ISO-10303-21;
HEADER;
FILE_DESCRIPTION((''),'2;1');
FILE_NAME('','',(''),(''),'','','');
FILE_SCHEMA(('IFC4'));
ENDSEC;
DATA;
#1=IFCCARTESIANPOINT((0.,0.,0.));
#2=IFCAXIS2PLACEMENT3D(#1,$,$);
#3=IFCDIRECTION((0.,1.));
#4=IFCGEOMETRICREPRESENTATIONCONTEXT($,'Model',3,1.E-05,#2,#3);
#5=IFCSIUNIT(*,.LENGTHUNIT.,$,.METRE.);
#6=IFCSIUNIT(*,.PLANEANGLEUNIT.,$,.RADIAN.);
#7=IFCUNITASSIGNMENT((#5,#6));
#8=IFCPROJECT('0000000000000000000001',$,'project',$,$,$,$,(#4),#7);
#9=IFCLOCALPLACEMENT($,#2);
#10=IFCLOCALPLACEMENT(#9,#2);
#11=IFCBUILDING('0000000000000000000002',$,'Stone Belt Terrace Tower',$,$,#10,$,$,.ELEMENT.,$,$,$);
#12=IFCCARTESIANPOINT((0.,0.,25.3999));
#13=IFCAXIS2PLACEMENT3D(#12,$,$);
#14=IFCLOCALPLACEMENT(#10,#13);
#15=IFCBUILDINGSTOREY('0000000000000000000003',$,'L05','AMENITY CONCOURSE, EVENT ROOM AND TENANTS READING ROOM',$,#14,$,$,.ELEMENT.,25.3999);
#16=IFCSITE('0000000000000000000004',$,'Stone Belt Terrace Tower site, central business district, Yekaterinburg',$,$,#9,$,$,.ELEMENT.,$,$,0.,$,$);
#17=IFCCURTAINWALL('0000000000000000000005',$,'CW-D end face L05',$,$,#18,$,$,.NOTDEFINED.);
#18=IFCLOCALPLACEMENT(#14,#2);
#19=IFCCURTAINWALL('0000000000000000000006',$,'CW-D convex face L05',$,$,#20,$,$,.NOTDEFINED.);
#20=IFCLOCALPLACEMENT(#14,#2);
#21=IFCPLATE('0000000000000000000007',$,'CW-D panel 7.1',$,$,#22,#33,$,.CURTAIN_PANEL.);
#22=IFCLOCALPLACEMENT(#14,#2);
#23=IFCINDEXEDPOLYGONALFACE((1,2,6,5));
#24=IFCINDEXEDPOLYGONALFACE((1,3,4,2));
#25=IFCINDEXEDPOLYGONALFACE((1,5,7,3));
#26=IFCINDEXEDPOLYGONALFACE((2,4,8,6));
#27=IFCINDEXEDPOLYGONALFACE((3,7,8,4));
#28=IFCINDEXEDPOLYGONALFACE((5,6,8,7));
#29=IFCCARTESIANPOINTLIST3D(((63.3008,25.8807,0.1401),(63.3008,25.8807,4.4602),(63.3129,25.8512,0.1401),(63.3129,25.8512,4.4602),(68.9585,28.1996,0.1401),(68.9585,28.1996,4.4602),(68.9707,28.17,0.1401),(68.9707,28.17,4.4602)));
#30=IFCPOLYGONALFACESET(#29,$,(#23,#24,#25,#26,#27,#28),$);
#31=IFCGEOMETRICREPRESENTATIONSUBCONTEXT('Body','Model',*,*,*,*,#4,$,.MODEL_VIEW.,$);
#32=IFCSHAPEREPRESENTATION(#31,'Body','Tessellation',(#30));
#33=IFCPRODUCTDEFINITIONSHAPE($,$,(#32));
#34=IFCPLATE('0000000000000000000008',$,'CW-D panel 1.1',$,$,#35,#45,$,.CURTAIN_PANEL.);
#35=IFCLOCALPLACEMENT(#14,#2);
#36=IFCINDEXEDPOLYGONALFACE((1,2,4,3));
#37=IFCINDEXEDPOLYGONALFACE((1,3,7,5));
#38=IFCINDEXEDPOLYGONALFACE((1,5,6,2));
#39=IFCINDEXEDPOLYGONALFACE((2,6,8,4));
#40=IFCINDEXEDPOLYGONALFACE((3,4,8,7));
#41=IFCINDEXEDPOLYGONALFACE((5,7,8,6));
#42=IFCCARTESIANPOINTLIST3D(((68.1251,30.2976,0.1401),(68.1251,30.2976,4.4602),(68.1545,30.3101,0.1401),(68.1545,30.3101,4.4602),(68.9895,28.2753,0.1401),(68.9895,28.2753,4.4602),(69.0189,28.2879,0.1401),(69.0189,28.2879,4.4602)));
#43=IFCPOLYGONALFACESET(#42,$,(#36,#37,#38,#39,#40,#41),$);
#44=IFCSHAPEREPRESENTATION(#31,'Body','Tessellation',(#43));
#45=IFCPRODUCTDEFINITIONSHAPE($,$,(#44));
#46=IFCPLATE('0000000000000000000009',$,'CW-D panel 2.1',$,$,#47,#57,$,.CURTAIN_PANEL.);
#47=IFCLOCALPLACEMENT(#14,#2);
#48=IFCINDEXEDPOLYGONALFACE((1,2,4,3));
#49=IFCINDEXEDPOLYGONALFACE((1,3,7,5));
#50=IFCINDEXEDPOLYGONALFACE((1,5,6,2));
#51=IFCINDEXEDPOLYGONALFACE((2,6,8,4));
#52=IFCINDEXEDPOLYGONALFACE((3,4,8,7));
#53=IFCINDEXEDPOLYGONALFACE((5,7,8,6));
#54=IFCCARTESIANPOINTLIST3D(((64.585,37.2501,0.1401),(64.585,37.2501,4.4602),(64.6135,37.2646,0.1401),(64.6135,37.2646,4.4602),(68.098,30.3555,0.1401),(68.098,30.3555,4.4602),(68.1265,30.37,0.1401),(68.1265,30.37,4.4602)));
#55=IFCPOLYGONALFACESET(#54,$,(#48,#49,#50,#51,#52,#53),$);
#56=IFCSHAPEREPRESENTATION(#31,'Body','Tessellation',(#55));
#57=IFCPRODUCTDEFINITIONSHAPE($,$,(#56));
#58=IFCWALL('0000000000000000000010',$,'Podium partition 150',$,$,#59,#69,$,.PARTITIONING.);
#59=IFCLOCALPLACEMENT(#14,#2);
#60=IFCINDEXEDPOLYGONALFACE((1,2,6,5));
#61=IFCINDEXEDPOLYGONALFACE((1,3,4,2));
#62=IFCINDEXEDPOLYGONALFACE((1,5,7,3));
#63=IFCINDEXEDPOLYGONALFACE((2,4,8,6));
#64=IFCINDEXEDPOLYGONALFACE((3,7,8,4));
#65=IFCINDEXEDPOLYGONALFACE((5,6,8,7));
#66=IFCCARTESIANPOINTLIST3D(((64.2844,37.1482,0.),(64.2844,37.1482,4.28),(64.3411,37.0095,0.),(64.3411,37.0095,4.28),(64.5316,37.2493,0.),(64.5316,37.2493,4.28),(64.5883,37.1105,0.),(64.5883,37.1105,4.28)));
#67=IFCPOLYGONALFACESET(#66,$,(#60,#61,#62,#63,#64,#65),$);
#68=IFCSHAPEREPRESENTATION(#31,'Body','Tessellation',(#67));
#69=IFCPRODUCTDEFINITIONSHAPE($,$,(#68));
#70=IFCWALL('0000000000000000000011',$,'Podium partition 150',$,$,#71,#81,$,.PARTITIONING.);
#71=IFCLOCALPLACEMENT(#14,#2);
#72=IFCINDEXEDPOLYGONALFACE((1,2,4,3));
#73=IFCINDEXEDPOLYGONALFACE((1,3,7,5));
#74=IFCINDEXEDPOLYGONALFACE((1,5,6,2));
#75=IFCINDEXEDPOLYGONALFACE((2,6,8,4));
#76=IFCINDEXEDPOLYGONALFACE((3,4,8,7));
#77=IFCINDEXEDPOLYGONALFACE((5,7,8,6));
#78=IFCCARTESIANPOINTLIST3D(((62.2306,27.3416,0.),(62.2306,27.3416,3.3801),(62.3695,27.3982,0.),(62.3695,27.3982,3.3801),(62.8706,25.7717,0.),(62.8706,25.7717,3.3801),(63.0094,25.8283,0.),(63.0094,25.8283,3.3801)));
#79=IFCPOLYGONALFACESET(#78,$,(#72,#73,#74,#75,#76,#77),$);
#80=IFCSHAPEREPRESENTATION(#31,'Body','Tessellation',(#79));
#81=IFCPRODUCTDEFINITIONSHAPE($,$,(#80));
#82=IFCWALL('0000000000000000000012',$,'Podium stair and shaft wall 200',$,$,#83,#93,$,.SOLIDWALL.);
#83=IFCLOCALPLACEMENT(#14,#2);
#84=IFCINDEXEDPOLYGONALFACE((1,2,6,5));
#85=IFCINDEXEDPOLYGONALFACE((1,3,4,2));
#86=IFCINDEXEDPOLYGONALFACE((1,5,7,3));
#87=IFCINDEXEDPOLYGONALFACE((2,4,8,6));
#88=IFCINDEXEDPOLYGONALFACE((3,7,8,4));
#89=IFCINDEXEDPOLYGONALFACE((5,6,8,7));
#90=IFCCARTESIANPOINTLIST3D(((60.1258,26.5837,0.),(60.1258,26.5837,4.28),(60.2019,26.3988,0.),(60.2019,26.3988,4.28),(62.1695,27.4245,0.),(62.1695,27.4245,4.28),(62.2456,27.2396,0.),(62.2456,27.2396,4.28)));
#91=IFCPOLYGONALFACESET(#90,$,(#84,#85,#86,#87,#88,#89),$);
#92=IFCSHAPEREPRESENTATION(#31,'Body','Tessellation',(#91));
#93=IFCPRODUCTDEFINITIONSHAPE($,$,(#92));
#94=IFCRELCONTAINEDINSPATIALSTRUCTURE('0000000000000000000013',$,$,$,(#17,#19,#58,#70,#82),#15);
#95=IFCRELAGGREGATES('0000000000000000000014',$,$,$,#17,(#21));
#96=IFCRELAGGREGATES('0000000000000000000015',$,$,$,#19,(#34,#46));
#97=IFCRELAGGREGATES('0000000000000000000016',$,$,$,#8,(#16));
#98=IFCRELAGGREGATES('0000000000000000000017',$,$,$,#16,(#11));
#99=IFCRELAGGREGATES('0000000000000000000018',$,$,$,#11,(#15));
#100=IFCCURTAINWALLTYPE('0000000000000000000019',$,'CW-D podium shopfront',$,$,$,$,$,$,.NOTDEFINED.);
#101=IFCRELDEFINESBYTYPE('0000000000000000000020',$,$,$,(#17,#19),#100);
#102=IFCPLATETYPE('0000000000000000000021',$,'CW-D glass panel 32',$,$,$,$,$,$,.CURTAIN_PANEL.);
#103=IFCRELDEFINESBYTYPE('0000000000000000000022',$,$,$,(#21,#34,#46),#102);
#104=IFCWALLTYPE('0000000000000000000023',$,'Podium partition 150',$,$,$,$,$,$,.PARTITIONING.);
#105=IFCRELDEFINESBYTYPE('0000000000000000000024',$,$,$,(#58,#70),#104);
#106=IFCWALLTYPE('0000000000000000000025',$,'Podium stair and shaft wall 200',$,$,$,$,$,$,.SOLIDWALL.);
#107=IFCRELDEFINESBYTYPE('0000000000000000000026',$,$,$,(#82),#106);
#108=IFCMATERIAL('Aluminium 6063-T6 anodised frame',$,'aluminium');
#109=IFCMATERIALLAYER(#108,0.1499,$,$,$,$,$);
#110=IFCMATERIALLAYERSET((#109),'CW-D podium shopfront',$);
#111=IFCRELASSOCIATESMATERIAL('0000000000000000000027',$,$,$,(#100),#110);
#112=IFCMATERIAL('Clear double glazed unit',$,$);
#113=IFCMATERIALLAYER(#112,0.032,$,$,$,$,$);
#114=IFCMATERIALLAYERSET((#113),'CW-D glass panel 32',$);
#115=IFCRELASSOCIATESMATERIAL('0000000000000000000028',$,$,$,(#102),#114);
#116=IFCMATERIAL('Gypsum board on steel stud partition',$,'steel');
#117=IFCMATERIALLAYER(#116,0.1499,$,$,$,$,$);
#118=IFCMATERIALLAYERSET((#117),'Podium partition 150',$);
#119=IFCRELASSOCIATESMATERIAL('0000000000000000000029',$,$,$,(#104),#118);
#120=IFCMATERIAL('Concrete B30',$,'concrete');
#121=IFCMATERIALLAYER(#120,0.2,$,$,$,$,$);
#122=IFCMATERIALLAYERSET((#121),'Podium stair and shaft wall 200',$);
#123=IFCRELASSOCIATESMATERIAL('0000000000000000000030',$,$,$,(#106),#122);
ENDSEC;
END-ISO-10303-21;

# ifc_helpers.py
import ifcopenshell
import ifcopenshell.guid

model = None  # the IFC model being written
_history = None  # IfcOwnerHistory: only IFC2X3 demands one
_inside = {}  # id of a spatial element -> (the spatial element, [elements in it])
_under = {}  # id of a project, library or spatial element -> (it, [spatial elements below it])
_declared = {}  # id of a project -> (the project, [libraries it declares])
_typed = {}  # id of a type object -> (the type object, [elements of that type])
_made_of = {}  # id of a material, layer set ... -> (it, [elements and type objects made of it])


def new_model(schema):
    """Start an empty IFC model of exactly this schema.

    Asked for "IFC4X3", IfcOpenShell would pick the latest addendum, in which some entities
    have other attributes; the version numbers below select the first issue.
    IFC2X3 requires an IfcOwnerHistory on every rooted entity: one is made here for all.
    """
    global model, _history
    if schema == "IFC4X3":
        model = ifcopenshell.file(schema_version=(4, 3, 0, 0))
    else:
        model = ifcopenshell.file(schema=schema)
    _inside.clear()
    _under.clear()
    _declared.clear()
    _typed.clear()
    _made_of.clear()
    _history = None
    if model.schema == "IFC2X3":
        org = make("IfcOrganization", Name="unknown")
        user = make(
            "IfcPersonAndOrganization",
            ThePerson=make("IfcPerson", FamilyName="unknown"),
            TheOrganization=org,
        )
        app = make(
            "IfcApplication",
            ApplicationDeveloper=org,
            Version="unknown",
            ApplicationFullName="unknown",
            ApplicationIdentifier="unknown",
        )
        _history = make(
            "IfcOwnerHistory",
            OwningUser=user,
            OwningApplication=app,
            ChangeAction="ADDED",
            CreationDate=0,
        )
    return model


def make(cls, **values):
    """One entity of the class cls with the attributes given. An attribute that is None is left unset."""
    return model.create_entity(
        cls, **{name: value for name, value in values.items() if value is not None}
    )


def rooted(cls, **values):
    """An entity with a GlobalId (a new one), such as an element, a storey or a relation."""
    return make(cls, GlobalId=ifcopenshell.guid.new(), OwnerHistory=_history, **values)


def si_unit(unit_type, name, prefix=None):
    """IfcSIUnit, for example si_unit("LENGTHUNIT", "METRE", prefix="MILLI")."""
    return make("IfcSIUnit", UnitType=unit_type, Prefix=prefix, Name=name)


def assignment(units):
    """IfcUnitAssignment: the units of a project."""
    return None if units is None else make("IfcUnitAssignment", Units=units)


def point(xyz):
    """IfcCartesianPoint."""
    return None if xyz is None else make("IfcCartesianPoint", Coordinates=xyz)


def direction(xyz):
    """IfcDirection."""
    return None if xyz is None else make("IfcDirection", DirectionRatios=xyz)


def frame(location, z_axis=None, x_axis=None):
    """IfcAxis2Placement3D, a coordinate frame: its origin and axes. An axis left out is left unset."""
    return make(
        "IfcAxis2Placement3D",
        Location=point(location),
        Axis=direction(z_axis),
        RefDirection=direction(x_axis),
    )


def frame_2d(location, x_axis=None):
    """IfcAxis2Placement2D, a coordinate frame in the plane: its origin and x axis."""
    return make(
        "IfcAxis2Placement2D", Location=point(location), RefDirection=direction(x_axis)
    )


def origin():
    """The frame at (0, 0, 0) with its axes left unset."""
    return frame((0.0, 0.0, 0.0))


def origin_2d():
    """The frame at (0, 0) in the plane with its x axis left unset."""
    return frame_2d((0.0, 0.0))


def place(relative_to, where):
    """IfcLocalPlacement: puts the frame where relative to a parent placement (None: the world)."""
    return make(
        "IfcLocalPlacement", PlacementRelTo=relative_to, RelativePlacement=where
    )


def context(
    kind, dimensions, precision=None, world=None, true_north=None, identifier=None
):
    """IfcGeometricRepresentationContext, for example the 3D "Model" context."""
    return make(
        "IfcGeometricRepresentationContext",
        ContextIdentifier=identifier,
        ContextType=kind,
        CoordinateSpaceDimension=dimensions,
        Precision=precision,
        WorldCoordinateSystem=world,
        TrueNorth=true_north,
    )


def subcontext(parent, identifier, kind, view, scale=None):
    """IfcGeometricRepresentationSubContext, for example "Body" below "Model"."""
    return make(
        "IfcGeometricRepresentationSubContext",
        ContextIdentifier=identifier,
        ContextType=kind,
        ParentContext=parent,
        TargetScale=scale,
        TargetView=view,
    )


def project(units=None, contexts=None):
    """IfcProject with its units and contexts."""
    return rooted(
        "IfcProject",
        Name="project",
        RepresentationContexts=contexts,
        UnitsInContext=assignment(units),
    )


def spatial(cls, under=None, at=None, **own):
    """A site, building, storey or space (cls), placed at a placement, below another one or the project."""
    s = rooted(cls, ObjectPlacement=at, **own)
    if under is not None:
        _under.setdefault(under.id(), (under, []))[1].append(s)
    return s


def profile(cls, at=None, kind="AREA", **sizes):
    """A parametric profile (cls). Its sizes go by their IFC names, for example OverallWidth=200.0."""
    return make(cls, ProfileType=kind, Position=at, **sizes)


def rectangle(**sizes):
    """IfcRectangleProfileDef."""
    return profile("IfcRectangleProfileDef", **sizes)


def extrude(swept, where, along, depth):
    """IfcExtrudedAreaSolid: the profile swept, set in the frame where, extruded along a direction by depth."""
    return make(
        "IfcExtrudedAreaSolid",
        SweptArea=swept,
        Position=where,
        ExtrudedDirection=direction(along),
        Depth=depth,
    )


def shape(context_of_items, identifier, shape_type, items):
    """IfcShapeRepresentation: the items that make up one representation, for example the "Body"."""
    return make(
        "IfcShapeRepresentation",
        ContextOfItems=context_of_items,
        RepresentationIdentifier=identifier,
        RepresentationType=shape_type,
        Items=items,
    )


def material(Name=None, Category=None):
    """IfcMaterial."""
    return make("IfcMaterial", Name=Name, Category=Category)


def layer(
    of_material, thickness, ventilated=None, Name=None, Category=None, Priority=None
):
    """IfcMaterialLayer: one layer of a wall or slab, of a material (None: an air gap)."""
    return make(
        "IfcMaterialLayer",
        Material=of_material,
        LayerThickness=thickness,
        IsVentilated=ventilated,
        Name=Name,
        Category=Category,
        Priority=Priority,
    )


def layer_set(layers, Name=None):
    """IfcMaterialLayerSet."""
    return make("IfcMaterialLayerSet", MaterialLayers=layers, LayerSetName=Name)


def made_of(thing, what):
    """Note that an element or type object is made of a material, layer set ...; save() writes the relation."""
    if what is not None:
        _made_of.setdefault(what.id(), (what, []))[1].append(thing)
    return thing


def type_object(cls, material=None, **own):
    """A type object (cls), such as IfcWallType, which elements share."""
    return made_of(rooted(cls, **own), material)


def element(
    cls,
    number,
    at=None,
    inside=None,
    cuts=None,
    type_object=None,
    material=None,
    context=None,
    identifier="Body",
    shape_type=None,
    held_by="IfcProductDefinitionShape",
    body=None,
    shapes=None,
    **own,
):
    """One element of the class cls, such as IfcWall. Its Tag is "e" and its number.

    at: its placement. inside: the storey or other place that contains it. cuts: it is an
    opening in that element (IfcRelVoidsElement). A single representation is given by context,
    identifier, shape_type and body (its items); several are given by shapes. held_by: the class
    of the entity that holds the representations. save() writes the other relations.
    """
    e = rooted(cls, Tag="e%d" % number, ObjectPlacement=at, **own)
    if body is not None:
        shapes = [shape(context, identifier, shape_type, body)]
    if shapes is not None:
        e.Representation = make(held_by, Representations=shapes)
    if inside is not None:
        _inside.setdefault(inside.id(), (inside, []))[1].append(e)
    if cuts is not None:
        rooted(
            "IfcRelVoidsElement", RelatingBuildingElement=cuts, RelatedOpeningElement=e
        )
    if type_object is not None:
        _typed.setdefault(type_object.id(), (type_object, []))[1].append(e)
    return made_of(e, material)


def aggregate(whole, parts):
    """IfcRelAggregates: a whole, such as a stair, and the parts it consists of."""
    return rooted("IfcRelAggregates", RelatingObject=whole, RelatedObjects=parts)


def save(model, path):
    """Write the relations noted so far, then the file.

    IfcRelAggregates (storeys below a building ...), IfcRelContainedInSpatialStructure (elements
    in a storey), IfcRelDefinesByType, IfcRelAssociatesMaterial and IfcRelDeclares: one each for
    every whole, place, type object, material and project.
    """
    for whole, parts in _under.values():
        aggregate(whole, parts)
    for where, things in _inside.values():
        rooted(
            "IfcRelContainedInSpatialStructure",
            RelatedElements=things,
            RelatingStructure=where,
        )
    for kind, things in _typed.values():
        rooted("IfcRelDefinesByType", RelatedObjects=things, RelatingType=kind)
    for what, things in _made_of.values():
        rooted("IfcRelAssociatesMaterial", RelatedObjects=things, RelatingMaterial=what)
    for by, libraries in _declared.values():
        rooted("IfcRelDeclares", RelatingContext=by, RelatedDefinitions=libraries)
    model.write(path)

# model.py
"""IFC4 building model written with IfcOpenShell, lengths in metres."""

from ifc_helpers import new_model, si_unit, direction, frame, frame_2d, origin, origin_2d, place, context, subcontext, project, spatial, rectangle, extrude, material, layer, layer_set, type_object, element, aggregate, save


model = new_model("IFC4")

# Units and contexts
model_context = context("Model", 3, precision=1e-05, world=origin(), true_north=direction((0.0, 1.0)))
body_context = subcontext(model_context, "Body", "Model", "MODEL_VIEW")
ifc_project = project(units=[si_unit("LENGTHUNIT", "METRE"), si_unit("PLANEANGLEUNIT", "RADIAN")], contexts=[model_context])

# Site, building, storey
site_placement = place(None, origin())
site = spatial("IfcSite", under=ifc_project, at=site_placement, Name="Stone Belt Terrace Tower site, central business district, Yekaterinburg", CompositionType="ELEMENT", RefElevation=0.0)
building_placement = place(site_placement, origin())
building = spatial("IfcBuilding", under=site, at=building_placement, Name="Stone Belt Terrace Tower", CompositionType="ELEMENT")
storey_placement = place(building_placement, frame((0.0, 0.0, 25.3999)))
storey = spatial("IfcBuildingStorey", under=building, at=storey_placement, Name="L05", Description="AMENITY CONCOURSE, EVENT ROOM AND TENANTS READING ROOM", CompositionType="ELEMENT", Elevation=25.3999)

# Curtain wall
ifc_material_1 = material(Name="Aluminium 6063-T6 anodised frame", Category="aluminium")
ifc_layer_1 = layer(ifc_material_1, 0.1499)
ifc_layer_set_1 = layer_set([ifc_layer_1], Name="CW-D podium shopfront")
curtain_wall_type = type_object("IfcCurtainWallType", Name="CW-D podium shopfront", PredefinedType="NOTDEFINED", material=ifc_layer_set_1)
curtain_wall_1_placement = place(storey_placement, origin())
curtain_wall_1 = element("IfcCurtainWall", 1, at=curtain_wall_1_placement, inside=storey, type_object=curtain_wall_type, Name="CW-D end face L05", PredefinedType="NOTDEFINED")

# Curtain wall
curtain_wall_2_placement = place(storey_placement, origin())
curtain_wall_2 = element("IfcCurtainWall", 2, at=curtain_wall_2_placement, inside=storey, type_object=curtain_wall_type, Name="CW-D convex face L05", PredefinedType="NOTDEFINED")

# Plates
ifc_material_2 = material(Name="Clear double glazed unit")
ifc_layer_2 = layer(ifc_material_2, 0.032)
ifc_layer_set_2 = layer_set([ifc_layer_2], Name="CW-D glass panel 32")
plate_type = type_object("IfcPlateType", Name="CW-D glass panel 32", PredefinedType="CURTAIN_PANEL", material=ifc_layer_set_2)
plate_1_placement = place(storey_placement, frame((66.1357, 27.0254, 0.1401), z_axis=(0.0, 0.0, 1.0), x_axis=(0.925297, 0.379243, 0.0)))
plate_1 = element("IfcPlate", 3, at=plate_1_placement, type_object=plate_type, Name="CW-D panel 7.1", PredefinedType="CURTAIN_PANEL", context=body_context, shape_type="SweptSolid", body=[
    extrude(rectangle(XDim=6.1145, YDim=0.032, at=origin_2d()), origin(), (0.0, 0.0, 1.0), 4.3201),
])
aggregate(curtain_wall_1, [plate_1])
plate_2_placement = place(storey_placement, frame((68.572, 29.2927, 0.1401), z_axis=(0.0, 0.0, 1.0), x_axis=(-0.393034, 0.919524, 0.0)))
plate_2 = element("IfcPlate", 4, at=plate_2_placement, type_object=plate_type, Name="CW-D panel 1.1", PredefinedType="CURTAIN_PANEL", context=body_context, shape_type="SweptSolid", body=[
    extrude(rectangle(XDim=2.1992, YDim=0.032, at=origin_2d()), origin(), (0.0, 0.0, 1.0), 4.3201),
])
plate_3_placement = place(storey_placement, frame((66.3557, 33.8101, 0.1401), z_axis=(0.0, 0.0, 1.0), x_axis=(-0.45399, 0.891007, 0.0)))
plate_3 = element("IfcPlate", 5, at=plate_3_placement, type_object=plate_type, Name="CW-D panel 2.1", PredefinedType="CURTAIN_PANEL", context=body_context, shape_type="SweptSolid", body=[
    extrude(rectangle(XDim=7.738, YDim=0.032, at=origin_2d()), origin(), (0.0, 0.0, 1.0), 4.3201),
])
aggregate(curtain_wall_2, [plate_2, plate_3])

# Walls
ifc_material_3 = material(Name="Gypsum board on steel stud partition", Category="steel")
ifc_layer_3 = layer(ifc_material_3, 0.1499)
ifc_layer_set_3 = layer_set([ifc_layer_3], Name="Podium partition 150")
wall_type_1 = type_object("IfcWallType", Name="Podium partition 150", PredefinedType="PARTITIONING", material=ifc_layer_set_3)
wall_1_placement = place(storey_placement, frame((64.3127, 37.0789, 0.0), z_axis=(0.0, 0.0, 1.0), x_axis=(0.925678, 0.378313, 0.0)))
element("IfcWall", 6, at=wall_1_placement, inside=storey, type_object=wall_type_1, Name="Podium partition 150", PredefinedType="PARTITIONING", context=body_context, shape_type="SweptSolid", body=[
    extrude(rectangle(XDim=0.2671, YDim=0.1499, at=frame_2d((0.1335, 0.0))), origin(), (0.0, 0.0, 1.0), 4.28),
])
wall_2_placement = place(storey_placement, frame((62.3, 27.3699, 0.0), z_axis=(0.0, 0.0, 1.0), x_axis=(0.377466, -0.926023, 0.0)))
element("IfcWall", 7, at=wall_2_placement, inside=storey, type_object=wall_type_1, Name="Podium partition 150", PredefinedType="PARTITIONING", context=body_context, shape_type="SweptSolid", body=[
    extrude(rectangle(XDim=1.6953, YDim=0.1499, at=frame_2d((0.8477, 0.0))), origin(), (0.0, 0.0, 1.0), 3.3801),
])
ifc_material_4 = material(Name="Concrete B30", Category="concrete")
ifc_layer_4 = layer(ifc_material_4, 0.2)
ifc_layer_set_4 = layer_set([ifc_layer_4], Name="Podium stair and shaft wall 200")
wall_type_2 = type_object("IfcWallType", Name="Podium stair and shaft wall 200", PredefinedType="SOLIDWALL", material=ifc_layer_set_4)
wall_3_placement = place(storey_placement, frame((60.1638, 26.4912, 0.0), z_axis=(0.0, 0.0, 1.0), x_axis=(0.92479, 0.380478, 0.0)))
element("IfcWall", 8, at=wall_3_placement, inside=storey, type_object=wall_type_2, Name="Podium stair and shaft wall 200", PredefinedType="SOLIDWALL", context=body_context, shape_type="SweptSolid", body=[
    extrude(rectangle(XDim=2.21, YDim=0.2, at=frame_2d((1.105, 0.0))), origin(), (0.0, 0.0, 1.0), 4.28),
])

save(model, "model.ifc")
